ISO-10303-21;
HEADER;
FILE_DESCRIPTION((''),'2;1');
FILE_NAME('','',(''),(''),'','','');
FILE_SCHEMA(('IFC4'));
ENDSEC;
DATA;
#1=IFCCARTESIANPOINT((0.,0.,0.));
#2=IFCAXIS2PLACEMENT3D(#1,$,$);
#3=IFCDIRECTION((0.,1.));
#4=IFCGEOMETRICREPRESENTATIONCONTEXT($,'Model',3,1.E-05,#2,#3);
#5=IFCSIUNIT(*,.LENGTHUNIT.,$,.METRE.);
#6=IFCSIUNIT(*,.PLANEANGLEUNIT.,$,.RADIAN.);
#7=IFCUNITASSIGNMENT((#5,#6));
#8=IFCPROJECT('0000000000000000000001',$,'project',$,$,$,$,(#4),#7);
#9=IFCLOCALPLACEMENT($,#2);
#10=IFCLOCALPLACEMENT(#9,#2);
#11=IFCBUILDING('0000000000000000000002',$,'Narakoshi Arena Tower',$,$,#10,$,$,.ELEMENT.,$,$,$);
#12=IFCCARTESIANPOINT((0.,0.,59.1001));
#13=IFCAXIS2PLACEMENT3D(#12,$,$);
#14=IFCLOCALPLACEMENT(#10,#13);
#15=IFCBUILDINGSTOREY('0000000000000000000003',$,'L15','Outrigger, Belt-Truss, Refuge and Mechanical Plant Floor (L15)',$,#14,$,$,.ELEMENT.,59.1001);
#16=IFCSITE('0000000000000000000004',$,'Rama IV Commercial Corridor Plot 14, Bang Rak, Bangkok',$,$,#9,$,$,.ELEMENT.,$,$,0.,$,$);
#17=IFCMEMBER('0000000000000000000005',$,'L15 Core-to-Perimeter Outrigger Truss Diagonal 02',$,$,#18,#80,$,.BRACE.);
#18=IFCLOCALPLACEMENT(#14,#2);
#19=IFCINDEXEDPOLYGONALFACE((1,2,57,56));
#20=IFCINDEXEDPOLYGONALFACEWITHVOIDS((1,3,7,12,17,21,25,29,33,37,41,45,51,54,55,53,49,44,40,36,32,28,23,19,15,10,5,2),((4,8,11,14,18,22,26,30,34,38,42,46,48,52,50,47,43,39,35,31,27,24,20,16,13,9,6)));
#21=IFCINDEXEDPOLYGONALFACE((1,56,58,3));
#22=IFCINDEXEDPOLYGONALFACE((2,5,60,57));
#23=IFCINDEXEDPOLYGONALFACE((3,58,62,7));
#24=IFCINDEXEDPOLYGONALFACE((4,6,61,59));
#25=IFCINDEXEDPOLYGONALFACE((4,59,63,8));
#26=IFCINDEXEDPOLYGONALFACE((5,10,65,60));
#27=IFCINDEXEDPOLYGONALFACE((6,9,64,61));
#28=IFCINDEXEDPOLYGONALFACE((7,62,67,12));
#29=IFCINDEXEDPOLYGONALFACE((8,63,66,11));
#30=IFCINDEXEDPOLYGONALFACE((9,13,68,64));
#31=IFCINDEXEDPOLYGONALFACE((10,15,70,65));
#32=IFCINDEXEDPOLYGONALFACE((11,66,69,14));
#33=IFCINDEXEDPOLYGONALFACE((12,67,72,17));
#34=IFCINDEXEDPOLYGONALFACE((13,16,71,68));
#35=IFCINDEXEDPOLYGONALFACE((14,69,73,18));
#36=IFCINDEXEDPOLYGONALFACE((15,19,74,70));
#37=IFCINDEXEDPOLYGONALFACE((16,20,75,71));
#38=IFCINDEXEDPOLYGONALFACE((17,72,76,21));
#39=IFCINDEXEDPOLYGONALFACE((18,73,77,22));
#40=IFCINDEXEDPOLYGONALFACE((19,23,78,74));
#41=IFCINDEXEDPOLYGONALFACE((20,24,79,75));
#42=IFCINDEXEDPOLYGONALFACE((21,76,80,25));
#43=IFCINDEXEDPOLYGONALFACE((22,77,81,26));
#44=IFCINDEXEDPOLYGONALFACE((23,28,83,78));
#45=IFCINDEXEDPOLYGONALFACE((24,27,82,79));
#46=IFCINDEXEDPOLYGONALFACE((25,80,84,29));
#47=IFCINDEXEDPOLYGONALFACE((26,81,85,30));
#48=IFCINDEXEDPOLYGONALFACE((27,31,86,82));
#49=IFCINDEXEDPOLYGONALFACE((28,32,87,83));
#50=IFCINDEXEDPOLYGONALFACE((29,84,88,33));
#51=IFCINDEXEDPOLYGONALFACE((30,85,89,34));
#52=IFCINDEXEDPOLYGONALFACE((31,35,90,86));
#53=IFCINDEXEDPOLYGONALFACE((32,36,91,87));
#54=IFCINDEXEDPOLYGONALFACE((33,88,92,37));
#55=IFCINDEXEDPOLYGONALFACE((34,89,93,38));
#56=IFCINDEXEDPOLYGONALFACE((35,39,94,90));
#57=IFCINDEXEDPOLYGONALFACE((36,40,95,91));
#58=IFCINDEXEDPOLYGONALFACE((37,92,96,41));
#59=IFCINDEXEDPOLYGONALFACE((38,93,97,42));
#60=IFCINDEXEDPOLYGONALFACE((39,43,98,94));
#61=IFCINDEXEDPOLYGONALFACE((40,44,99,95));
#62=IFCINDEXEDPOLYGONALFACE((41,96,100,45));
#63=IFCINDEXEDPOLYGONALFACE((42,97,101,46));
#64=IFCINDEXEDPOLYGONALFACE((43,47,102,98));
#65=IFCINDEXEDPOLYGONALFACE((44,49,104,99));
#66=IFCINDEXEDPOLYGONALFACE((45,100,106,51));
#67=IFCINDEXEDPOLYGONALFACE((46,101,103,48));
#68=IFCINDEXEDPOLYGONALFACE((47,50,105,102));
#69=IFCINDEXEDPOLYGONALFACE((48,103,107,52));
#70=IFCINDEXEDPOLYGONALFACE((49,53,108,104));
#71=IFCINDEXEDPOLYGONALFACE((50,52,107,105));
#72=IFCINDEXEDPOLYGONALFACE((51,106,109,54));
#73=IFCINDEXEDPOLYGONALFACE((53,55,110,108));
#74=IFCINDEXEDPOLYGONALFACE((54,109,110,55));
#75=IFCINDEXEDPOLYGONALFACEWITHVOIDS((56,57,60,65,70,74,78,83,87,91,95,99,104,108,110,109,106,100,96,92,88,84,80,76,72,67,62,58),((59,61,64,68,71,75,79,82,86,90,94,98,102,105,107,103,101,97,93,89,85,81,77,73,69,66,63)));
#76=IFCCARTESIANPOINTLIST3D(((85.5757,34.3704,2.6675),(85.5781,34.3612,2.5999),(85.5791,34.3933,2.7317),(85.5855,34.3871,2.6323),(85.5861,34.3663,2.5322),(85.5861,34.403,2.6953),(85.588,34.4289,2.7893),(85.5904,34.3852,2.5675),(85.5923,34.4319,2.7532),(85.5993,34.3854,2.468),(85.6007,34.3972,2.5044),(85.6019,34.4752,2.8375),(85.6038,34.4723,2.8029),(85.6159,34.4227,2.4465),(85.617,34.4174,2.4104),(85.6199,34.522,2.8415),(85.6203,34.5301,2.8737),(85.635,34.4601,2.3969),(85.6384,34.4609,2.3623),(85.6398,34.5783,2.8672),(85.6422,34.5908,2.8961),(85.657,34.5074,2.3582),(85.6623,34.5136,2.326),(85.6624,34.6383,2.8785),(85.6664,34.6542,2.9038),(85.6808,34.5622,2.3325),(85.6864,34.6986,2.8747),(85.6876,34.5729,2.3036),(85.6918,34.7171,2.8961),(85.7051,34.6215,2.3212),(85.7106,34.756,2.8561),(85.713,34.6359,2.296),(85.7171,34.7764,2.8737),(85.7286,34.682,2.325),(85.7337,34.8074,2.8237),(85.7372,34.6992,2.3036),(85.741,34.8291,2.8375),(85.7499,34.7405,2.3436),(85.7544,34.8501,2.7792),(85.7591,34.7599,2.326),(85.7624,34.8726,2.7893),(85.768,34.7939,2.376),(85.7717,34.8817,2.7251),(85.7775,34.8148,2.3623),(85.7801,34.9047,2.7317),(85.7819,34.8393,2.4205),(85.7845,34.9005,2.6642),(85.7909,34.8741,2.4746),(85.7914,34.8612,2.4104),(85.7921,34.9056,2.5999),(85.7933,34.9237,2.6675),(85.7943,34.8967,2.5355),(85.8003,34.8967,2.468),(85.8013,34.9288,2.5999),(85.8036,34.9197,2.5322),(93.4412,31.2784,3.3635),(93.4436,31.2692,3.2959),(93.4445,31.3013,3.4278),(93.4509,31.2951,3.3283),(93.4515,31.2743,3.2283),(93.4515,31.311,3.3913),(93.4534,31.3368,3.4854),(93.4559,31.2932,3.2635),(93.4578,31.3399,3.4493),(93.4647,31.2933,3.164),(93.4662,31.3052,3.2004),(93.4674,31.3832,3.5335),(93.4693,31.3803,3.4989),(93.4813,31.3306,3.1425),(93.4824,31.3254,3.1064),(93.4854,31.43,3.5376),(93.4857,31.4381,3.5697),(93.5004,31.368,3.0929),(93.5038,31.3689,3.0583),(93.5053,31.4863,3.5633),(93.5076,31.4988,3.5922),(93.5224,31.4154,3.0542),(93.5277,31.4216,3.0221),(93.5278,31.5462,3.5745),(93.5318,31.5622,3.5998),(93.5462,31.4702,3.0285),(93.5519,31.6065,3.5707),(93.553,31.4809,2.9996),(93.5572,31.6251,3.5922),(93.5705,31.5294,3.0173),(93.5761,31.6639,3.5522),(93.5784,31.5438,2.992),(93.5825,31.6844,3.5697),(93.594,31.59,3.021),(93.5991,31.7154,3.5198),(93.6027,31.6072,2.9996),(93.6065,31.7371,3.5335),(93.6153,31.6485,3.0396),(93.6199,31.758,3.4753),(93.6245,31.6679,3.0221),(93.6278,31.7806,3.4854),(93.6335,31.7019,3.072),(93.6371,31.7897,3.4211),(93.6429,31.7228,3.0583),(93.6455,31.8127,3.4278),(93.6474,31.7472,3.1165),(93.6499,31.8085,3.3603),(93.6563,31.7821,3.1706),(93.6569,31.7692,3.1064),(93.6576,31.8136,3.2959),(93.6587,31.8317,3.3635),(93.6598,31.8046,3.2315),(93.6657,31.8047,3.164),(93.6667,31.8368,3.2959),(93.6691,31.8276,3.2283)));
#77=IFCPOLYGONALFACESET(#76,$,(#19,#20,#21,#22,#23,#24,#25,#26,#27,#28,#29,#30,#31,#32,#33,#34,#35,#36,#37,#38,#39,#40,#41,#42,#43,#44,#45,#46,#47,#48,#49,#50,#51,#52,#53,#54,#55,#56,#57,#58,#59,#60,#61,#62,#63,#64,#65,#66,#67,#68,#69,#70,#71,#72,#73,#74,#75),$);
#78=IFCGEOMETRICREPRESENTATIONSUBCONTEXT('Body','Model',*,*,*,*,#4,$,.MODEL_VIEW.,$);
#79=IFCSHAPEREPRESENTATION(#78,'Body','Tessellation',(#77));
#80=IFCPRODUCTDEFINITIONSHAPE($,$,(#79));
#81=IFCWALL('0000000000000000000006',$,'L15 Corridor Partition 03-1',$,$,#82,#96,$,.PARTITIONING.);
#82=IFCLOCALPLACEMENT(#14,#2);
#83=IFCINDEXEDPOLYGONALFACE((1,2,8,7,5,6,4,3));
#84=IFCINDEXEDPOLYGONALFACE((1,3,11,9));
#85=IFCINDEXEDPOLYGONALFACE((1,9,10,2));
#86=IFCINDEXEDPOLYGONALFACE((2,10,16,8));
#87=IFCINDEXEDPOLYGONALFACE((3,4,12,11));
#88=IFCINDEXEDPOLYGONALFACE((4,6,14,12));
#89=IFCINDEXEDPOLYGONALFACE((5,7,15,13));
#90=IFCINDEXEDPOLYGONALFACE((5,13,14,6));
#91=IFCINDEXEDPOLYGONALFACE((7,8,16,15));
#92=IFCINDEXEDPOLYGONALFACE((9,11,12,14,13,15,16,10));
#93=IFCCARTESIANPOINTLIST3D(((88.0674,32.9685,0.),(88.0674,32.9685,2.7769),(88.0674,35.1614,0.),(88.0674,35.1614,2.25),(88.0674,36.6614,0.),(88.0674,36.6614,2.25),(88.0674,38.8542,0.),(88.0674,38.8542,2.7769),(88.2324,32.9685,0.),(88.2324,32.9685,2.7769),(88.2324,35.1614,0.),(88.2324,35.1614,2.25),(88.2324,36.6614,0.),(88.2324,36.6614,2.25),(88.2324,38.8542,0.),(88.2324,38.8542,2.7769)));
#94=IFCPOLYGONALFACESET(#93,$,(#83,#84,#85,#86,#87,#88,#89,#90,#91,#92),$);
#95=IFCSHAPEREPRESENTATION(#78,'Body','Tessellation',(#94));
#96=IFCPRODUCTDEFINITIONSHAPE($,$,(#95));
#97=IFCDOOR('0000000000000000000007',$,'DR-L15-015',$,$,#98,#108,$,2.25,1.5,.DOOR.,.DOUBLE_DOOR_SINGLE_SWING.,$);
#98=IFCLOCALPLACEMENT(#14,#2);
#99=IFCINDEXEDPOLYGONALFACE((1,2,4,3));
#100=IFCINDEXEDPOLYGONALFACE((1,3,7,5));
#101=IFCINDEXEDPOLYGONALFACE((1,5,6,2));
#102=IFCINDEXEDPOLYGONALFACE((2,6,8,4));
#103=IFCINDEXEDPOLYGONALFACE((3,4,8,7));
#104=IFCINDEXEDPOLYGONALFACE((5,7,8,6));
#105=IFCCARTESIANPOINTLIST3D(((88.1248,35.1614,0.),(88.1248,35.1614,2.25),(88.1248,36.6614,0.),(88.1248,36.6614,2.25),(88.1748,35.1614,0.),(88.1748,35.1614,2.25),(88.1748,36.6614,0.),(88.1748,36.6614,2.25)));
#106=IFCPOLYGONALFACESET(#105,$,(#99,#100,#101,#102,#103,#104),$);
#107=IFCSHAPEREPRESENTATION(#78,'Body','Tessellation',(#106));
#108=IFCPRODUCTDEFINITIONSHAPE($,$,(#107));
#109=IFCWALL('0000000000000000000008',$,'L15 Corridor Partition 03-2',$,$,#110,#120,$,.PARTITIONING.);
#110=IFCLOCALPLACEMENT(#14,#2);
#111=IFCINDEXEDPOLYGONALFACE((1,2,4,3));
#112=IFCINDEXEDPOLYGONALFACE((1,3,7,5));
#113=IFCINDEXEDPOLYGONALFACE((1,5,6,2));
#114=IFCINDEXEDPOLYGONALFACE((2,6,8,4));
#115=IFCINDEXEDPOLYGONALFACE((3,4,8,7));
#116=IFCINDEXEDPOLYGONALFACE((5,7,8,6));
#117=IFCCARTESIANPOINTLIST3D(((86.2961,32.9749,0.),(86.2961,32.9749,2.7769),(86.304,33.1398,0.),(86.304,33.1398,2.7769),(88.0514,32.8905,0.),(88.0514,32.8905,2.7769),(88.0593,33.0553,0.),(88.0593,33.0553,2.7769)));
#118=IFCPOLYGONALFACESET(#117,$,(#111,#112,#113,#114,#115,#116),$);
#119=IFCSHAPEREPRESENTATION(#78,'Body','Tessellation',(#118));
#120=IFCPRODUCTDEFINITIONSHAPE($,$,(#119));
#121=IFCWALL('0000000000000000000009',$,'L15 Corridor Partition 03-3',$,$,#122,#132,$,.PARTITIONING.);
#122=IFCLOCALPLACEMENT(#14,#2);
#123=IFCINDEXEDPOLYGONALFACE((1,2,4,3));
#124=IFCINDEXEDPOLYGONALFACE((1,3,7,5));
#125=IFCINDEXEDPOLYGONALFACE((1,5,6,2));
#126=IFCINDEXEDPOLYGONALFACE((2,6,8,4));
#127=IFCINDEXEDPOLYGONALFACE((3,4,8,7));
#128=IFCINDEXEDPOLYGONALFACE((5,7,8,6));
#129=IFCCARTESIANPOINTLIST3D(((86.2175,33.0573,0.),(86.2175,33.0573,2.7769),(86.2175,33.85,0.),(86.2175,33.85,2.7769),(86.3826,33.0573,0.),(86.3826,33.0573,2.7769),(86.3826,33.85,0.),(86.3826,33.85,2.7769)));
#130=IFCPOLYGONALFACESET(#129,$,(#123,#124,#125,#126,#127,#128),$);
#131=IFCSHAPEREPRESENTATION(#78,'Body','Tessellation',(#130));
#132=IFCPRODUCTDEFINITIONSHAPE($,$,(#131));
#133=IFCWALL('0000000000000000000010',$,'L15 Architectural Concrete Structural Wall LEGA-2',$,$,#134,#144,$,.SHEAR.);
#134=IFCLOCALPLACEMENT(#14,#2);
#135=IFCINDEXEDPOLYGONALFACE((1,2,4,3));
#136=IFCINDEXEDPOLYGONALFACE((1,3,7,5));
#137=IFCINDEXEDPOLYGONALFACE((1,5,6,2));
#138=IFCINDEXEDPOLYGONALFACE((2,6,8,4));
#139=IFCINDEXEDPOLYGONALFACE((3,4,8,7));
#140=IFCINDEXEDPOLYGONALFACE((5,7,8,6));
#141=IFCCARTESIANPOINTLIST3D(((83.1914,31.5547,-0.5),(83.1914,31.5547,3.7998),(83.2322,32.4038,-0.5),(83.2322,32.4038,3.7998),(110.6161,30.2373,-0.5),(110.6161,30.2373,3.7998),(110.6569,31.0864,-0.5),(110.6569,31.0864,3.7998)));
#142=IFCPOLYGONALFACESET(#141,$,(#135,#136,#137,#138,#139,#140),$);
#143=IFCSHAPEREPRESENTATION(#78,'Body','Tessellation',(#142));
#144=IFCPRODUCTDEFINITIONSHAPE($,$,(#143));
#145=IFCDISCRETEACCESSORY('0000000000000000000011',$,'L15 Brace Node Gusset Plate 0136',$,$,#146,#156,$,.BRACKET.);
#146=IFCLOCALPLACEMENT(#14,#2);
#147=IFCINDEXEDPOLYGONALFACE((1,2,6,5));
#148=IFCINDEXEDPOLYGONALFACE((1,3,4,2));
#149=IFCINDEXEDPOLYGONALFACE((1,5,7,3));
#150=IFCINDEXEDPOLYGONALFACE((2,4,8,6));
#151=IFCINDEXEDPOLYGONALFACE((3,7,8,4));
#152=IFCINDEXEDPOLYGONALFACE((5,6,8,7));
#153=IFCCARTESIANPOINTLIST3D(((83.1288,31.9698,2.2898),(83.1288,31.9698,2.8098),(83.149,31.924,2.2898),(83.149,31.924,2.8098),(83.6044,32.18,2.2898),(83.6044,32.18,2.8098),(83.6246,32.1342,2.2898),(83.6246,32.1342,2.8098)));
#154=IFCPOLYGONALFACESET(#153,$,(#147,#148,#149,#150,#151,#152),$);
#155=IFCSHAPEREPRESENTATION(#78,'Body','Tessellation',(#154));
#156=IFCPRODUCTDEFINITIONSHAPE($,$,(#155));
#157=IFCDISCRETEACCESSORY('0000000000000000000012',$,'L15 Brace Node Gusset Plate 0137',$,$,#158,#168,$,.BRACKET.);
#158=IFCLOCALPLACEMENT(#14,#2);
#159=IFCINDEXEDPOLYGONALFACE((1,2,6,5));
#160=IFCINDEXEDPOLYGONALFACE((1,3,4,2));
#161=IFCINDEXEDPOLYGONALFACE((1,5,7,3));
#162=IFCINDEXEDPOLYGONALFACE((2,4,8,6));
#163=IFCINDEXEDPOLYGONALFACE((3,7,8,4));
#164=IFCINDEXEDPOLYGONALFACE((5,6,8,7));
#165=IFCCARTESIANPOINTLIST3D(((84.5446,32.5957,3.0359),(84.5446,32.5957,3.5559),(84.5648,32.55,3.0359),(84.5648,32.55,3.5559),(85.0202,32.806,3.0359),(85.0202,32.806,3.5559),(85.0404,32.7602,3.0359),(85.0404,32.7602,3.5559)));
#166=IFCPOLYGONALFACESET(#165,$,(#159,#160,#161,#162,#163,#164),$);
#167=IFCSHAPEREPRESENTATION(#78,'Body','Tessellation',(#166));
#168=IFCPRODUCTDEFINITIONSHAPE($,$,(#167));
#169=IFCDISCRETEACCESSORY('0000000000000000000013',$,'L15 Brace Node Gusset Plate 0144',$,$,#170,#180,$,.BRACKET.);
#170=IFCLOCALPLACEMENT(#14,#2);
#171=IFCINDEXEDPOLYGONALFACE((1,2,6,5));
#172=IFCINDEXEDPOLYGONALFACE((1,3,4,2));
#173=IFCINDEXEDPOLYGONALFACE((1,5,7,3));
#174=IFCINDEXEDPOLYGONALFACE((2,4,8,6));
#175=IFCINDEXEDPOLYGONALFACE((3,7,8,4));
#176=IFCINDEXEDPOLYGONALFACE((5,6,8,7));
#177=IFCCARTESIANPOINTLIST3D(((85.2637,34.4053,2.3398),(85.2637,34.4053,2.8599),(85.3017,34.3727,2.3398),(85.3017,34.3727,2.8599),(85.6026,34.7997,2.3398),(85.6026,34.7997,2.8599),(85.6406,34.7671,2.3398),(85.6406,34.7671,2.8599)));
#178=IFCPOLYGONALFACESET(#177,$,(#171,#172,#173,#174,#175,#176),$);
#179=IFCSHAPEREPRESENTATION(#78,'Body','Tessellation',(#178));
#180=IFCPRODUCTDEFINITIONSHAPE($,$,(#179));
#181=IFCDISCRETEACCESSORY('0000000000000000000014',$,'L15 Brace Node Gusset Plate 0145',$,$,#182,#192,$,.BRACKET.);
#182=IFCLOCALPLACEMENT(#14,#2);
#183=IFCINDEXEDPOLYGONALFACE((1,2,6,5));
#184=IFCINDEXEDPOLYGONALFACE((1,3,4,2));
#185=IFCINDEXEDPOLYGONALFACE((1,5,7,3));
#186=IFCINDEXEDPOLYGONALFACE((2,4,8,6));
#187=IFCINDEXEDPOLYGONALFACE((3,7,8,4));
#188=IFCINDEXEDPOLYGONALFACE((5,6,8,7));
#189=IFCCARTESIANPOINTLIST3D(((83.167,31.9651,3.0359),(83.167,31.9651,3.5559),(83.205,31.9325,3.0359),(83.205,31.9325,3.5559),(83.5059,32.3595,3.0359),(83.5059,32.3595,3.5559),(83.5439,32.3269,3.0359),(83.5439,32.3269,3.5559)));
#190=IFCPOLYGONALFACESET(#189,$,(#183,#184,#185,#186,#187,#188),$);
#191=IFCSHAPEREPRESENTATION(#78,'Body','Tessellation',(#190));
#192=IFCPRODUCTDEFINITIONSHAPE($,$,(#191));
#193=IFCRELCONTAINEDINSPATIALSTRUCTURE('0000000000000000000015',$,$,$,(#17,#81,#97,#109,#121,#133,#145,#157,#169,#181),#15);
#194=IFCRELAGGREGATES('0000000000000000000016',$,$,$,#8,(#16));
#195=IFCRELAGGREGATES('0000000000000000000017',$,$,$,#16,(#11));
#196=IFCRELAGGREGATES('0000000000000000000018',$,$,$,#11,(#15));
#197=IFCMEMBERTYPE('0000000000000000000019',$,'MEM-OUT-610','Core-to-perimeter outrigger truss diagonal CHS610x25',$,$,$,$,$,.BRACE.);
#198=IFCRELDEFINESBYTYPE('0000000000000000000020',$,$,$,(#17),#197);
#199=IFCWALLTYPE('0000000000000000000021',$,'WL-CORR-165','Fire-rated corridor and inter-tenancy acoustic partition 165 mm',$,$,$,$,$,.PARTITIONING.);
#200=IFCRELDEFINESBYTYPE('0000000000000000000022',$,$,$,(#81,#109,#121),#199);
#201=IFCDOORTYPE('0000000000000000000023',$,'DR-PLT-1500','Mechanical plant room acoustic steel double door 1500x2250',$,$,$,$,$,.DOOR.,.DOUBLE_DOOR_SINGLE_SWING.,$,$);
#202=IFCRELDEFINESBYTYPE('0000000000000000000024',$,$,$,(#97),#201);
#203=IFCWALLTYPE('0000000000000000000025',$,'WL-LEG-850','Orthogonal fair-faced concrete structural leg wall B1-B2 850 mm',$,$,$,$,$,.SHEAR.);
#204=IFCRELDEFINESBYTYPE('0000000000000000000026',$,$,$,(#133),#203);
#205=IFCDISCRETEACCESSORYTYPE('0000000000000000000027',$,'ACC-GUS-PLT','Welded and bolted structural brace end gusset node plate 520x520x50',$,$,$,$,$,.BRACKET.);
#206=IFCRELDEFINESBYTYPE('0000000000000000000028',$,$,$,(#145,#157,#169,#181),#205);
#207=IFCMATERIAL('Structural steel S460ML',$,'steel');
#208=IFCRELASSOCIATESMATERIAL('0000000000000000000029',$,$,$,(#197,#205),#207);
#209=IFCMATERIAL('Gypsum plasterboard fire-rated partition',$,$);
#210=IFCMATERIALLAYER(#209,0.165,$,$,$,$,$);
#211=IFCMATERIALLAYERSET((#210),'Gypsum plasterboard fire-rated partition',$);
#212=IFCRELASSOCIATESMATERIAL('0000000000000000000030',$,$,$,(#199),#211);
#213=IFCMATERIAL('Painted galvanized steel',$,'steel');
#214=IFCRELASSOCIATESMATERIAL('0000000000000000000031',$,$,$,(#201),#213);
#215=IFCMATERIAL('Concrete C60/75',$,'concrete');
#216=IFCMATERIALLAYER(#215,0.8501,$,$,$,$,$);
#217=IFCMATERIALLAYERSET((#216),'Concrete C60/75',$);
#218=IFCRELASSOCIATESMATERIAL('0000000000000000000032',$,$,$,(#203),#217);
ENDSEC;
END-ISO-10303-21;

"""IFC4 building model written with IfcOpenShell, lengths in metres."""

from ifc_helpers import new_model, si_unit, direction, frame, frame_2d, origin, origin_2d, place, context, subcontext, project, spatial, rectangle, hollow_circle, extrude, material, layer, layer_set, material_profile, profile_set, type_object, element, fill, save


model = new_model("IFC4")

# Units and contexts
model_context = context("Model", 3, precision=1e-05, world=origin(), true_north=direction((0.0, 1.0)))
body_context = subcontext(model_context, "Body", "Model", "MODEL_VIEW")
ifc_project = project(units=[si_unit("LENGTHUNIT", "METRE"), si_unit("PLANEANGLEUNIT", "RADIAN")], contexts=[model_context])

# Site, building, storey
site_placement = place(None, origin())
site = spatial("IfcSite", under=ifc_project, at=site_placement, Name="Rama IV Commercial Corridor Plot 14, Bang Rak, Bangkok", CompositionType="ELEMENT", RefElevation=0.0)
building_placement = place(site_placement, origin())
building = spatial("IfcBuilding", under=site, at=building_placement, Name="Narakoshi Arena Tower", CompositionType="ELEMENT")
storey_placement = place(building_placement, frame((0.0, 0.0, 59.1001)))
storey = spatial("IfcBuildingStorey", under=building, at=storey_placement, Name="L15", Description="Outrigger, Belt-Truss, Refuge and Mechanical Plant Floor (L15)", CompositionType="ELEMENT", Elevation=59.1001)

# Shared definitions
ifc_material_1 = material(Name="Concrete C60/75", Category="concrete")
ifc_material_2 = material(Name="Structural steel S460ML", Category="steel")

# Member
ifc_material_profile_1 = material_profile(ifc_material_2, hollow_circle(Radius=0.3049, WallThickness=0.0249, at=origin_2d()), Name="CHS610x25")
ifc_profile_set_1 = profile_set([ifc_material_profile_1], Name="Structural steel S460ML")
member_type_1 = type_object("IfcMemberType", Name="MEM-OUT-610", Description="Core-to-perimeter outrigger truss diagonal CHS610x25", PredefinedType="BRACE", material=ifc_profile_set_1)
member_1_placement = place(storey_placement, frame((85.6897, 34.645, 2.5999), z_axis=(0.927529, -0.364626, 0.08208), x_axis=(0.365861, 0.93067, 0.0)))
element("IfcMember", 1, at=member_1_placement, inside=storey, type_object=member_type_1, Name="L15 Core-to-Perimeter Outrigger Truss Diagonal 02", PredefinedType="BRACE", context=body_context, shape_type="SweptSolid", body=[
    extrude(hollow_circle(Radius=0.3049, WallThickness=0.0249, at=origin_2d()), origin(), (0.0, 0.0, 1.0), 8.48),
])

# Wall, opening, door
ifc_material_3 = material(Name="Gypsum plasterboard fire-rated partition")
ifc_layer_1 = layer(ifc_material_3, 0.165)
ifc_layer_set_1 = layer_set([ifc_layer_1], Name="Gypsum plasterboard fire-rated partition")
wall_type_1 = type_object("IfcWallType", Name="WL-CORR-165", Description="Fire-rated corridor and inter-tenancy acoustic partition 165 mm", PredefinedType="PARTITIONING", material=ifc_layer_set_1)
wall_1_placement = place(storey_placement, frame((88.1499, 32.9685, 0.0), z_axis=(0.0, 0.0, 1.0), x_axis=(0.0, 1.0, 0.0)))
wall_1 = element("IfcWall", 2, at=wall_1_placement, inside=storey, type_object=wall_type_1, Name="L15 Corridor Partition 03-1", PredefinedType="PARTITIONING", context=body_context, shape_type="SweptSolid", body=[
    extrude(rectangle(XDim=5.8857, YDim=0.165, at=frame_2d((2.9429, 0.0))), origin(), (0.0, 0.0, 1.0), 2.7769),
])
opening_placement = place(wall_1_placement, frame((2.1929, 0.0, 0.0)))
opening = element("IfcOpeningElement", 3, at=opening_placement, cuts=wall_1, PredefinedType="OPENING", context=body_context, shape_type="SweptSolid", body=[
    extrude(rectangle(XDim=1.5, YDim=2.25, at=frame_2d((0.75, 1.125))), frame((0.0, 0.0925, 0.0), z_axis=(0.0, -1.0, 0.0), x_axis=(1.0, 0.0, 0.0)), (0.0, 0.0, 1.0), 0.1851),
])
ifc_material_4 = material(Name="Painted galvanized steel", Category="steel")
door_type = type_object("IfcDoorType", Name="DR-PLT-1500", Description="Mechanical plant room acoustic steel double door 1500x2250", OperationType="DOUBLE_DOOR_SINGLE_SWING", PredefinedType="DOOR", material=ifc_material_4)
door_placement = place(opening_placement, frame((1.5, 0.0, 0.0), z_axis=(0.0, 0.0, 1.0), x_axis=(-1.0, 0.0, 0.0)))
door = element("IfcDoor", 4, at=door_placement, inside=storey, type_object=door_type, Name="DR-L15-015", OperationType="DOUBLE_DOOR_SINGLE_SWING", OverallHeight=2.25, OverallWidth=1.5, PredefinedType="DOOR", context=body_context, shape_type="SweptSolid", body=[
    extrude(rectangle(XDim=1.5, YDim=2.25, at=frame_2d((0.75, 1.125))), frame((0.0, 0.0249, 0.0), z_axis=(0.0, -1.0, 0.0), x_axis=(1.0, 0.0, 0.0)), (0.0, 0.0, 1.0), 0.05),
])
fill(opening, door)

# Walls
wall_2_placement = place(storey_placement, frame((86.3, 33.0574, 0.0), z_axis=(0.0, 0.0, 1.0), x_axis=(0.998844, -0.048067, 0.0)))
element("IfcWall", 5, at=wall_2_placement, inside=storey, type_object=wall_type_1, Name="L15 Corridor Partition 03-2", PredefinedType="PARTITIONING", context=body_context, shape_type="SweptSolid", body=[
    extrude(rectangle(XDim=1.7573, YDim=0.165, at=frame_2d((0.8787, 0.0))), origin(), (0.0, 0.0, 1.0), 2.7769),
])
wall_3_placement = place(storey_placement, frame((86.3, 33.8501, 0.0), z_axis=(0.0, 0.0, 1.0), x_axis=(0.0, -1.0, 0.0)))
element("IfcWall", 6, at=wall_3_placement, inside=storey, type_object=wall_type_1, Name="L15 Corridor Partition 03-3", PredefinedType="PARTITIONING", context=body_context, shape_type="SweptSolid", body=[
    extrude(rectangle(XDim=0.7927, YDim=0.165, at=frame_2d((0.3965, 0.0))), origin(), (0.0, 0.0, 1.0), 2.7769),
])
ifc_layer_2 = layer(ifc_material_1, 0.8501)
ifc_layer_set_2 = layer_set([ifc_layer_2], Name="Concrete C60/75")
wall_type_2 = type_object("IfcWallType", Name="WL-LEG-850", Description="Orthogonal fair-faced concrete structural leg wall B1-B2 850 mm", PredefinedType="SHEAR", material=ifc_layer_set_2)
wall_4_placement = place(storey_placement, frame((83.2119, 31.9792, -0.5), z_axis=(0.0, 0.0, 1.0), x_axis=(0.998848, -0.047981, 0.0)))
element("IfcWall", 7, at=wall_4_placement, inside=storey, type_object=wall_type_2, Name="L15 Architectural Concrete Structural Wall LEGA-2", PredefinedType="SHEAR", context=body_context, shape_type="SweptSolid", body=[
    extrude(rectangle(XDim=27.4563, YDim=0.8501, at=frame_2d((13.728, 0.0))), origin(), (0.0, 0.0, 1.0), 4.2998),
])

# Discrete accessories
discrete_accessory_type = type_object("IfcDiscreteAccessoryType", Name="ACC-GUS-PLT", Description="Welded and bolted structural brace end gusset node plate 520x520x50", PredefinedType="BRACKET", material=ifc_material_2)
for number, where, z_axis, x_axis, name in (
    (8, (83.3767, 32.052, 2.2898), (0.0, 0.0, 1.0), (0.914607, 0.404344, 0.0), "L15 Brace Node Gusset Plate 0136"),
    (9, (84.7925, 32.678, 3.0359), (0.0, 0.0, 1.0), (0.914607, 0.404344, 0.0), "L15 Brace Node Gusset Plate 0137"),
    (10, (85.4521, 34.5862, 2.3398), (0.0, 0.0, 1.0), (0.651701, 0.758476, 0.0), "L15 Brace Node Gusset Plate 0144"),
    (11, (83.3555, 32.146, 3.0359), (0.0, 0.0, 1.0), (0.651701, 0.758476, 0.0), "L15 Brace Node Gusset Plate 0145"),
):
    element("IfcDiscreteAccessory", number, at=place(storey_placement, frame(where, z_axis=z_axis, x_axis=x_axis)), inside=storey, type_object=discrete_accessory_type, Name=name, PredefinedType="BRACKET", context=body_context, shape_type="SweptSolid", body=[
        extrude(rectangle(XDim=0.52, YDim=0.05, at=origin_2d()), origin(), (0.0, 0.0, 1.0), 0.52),
    ])

save(model, "model.ifc")
